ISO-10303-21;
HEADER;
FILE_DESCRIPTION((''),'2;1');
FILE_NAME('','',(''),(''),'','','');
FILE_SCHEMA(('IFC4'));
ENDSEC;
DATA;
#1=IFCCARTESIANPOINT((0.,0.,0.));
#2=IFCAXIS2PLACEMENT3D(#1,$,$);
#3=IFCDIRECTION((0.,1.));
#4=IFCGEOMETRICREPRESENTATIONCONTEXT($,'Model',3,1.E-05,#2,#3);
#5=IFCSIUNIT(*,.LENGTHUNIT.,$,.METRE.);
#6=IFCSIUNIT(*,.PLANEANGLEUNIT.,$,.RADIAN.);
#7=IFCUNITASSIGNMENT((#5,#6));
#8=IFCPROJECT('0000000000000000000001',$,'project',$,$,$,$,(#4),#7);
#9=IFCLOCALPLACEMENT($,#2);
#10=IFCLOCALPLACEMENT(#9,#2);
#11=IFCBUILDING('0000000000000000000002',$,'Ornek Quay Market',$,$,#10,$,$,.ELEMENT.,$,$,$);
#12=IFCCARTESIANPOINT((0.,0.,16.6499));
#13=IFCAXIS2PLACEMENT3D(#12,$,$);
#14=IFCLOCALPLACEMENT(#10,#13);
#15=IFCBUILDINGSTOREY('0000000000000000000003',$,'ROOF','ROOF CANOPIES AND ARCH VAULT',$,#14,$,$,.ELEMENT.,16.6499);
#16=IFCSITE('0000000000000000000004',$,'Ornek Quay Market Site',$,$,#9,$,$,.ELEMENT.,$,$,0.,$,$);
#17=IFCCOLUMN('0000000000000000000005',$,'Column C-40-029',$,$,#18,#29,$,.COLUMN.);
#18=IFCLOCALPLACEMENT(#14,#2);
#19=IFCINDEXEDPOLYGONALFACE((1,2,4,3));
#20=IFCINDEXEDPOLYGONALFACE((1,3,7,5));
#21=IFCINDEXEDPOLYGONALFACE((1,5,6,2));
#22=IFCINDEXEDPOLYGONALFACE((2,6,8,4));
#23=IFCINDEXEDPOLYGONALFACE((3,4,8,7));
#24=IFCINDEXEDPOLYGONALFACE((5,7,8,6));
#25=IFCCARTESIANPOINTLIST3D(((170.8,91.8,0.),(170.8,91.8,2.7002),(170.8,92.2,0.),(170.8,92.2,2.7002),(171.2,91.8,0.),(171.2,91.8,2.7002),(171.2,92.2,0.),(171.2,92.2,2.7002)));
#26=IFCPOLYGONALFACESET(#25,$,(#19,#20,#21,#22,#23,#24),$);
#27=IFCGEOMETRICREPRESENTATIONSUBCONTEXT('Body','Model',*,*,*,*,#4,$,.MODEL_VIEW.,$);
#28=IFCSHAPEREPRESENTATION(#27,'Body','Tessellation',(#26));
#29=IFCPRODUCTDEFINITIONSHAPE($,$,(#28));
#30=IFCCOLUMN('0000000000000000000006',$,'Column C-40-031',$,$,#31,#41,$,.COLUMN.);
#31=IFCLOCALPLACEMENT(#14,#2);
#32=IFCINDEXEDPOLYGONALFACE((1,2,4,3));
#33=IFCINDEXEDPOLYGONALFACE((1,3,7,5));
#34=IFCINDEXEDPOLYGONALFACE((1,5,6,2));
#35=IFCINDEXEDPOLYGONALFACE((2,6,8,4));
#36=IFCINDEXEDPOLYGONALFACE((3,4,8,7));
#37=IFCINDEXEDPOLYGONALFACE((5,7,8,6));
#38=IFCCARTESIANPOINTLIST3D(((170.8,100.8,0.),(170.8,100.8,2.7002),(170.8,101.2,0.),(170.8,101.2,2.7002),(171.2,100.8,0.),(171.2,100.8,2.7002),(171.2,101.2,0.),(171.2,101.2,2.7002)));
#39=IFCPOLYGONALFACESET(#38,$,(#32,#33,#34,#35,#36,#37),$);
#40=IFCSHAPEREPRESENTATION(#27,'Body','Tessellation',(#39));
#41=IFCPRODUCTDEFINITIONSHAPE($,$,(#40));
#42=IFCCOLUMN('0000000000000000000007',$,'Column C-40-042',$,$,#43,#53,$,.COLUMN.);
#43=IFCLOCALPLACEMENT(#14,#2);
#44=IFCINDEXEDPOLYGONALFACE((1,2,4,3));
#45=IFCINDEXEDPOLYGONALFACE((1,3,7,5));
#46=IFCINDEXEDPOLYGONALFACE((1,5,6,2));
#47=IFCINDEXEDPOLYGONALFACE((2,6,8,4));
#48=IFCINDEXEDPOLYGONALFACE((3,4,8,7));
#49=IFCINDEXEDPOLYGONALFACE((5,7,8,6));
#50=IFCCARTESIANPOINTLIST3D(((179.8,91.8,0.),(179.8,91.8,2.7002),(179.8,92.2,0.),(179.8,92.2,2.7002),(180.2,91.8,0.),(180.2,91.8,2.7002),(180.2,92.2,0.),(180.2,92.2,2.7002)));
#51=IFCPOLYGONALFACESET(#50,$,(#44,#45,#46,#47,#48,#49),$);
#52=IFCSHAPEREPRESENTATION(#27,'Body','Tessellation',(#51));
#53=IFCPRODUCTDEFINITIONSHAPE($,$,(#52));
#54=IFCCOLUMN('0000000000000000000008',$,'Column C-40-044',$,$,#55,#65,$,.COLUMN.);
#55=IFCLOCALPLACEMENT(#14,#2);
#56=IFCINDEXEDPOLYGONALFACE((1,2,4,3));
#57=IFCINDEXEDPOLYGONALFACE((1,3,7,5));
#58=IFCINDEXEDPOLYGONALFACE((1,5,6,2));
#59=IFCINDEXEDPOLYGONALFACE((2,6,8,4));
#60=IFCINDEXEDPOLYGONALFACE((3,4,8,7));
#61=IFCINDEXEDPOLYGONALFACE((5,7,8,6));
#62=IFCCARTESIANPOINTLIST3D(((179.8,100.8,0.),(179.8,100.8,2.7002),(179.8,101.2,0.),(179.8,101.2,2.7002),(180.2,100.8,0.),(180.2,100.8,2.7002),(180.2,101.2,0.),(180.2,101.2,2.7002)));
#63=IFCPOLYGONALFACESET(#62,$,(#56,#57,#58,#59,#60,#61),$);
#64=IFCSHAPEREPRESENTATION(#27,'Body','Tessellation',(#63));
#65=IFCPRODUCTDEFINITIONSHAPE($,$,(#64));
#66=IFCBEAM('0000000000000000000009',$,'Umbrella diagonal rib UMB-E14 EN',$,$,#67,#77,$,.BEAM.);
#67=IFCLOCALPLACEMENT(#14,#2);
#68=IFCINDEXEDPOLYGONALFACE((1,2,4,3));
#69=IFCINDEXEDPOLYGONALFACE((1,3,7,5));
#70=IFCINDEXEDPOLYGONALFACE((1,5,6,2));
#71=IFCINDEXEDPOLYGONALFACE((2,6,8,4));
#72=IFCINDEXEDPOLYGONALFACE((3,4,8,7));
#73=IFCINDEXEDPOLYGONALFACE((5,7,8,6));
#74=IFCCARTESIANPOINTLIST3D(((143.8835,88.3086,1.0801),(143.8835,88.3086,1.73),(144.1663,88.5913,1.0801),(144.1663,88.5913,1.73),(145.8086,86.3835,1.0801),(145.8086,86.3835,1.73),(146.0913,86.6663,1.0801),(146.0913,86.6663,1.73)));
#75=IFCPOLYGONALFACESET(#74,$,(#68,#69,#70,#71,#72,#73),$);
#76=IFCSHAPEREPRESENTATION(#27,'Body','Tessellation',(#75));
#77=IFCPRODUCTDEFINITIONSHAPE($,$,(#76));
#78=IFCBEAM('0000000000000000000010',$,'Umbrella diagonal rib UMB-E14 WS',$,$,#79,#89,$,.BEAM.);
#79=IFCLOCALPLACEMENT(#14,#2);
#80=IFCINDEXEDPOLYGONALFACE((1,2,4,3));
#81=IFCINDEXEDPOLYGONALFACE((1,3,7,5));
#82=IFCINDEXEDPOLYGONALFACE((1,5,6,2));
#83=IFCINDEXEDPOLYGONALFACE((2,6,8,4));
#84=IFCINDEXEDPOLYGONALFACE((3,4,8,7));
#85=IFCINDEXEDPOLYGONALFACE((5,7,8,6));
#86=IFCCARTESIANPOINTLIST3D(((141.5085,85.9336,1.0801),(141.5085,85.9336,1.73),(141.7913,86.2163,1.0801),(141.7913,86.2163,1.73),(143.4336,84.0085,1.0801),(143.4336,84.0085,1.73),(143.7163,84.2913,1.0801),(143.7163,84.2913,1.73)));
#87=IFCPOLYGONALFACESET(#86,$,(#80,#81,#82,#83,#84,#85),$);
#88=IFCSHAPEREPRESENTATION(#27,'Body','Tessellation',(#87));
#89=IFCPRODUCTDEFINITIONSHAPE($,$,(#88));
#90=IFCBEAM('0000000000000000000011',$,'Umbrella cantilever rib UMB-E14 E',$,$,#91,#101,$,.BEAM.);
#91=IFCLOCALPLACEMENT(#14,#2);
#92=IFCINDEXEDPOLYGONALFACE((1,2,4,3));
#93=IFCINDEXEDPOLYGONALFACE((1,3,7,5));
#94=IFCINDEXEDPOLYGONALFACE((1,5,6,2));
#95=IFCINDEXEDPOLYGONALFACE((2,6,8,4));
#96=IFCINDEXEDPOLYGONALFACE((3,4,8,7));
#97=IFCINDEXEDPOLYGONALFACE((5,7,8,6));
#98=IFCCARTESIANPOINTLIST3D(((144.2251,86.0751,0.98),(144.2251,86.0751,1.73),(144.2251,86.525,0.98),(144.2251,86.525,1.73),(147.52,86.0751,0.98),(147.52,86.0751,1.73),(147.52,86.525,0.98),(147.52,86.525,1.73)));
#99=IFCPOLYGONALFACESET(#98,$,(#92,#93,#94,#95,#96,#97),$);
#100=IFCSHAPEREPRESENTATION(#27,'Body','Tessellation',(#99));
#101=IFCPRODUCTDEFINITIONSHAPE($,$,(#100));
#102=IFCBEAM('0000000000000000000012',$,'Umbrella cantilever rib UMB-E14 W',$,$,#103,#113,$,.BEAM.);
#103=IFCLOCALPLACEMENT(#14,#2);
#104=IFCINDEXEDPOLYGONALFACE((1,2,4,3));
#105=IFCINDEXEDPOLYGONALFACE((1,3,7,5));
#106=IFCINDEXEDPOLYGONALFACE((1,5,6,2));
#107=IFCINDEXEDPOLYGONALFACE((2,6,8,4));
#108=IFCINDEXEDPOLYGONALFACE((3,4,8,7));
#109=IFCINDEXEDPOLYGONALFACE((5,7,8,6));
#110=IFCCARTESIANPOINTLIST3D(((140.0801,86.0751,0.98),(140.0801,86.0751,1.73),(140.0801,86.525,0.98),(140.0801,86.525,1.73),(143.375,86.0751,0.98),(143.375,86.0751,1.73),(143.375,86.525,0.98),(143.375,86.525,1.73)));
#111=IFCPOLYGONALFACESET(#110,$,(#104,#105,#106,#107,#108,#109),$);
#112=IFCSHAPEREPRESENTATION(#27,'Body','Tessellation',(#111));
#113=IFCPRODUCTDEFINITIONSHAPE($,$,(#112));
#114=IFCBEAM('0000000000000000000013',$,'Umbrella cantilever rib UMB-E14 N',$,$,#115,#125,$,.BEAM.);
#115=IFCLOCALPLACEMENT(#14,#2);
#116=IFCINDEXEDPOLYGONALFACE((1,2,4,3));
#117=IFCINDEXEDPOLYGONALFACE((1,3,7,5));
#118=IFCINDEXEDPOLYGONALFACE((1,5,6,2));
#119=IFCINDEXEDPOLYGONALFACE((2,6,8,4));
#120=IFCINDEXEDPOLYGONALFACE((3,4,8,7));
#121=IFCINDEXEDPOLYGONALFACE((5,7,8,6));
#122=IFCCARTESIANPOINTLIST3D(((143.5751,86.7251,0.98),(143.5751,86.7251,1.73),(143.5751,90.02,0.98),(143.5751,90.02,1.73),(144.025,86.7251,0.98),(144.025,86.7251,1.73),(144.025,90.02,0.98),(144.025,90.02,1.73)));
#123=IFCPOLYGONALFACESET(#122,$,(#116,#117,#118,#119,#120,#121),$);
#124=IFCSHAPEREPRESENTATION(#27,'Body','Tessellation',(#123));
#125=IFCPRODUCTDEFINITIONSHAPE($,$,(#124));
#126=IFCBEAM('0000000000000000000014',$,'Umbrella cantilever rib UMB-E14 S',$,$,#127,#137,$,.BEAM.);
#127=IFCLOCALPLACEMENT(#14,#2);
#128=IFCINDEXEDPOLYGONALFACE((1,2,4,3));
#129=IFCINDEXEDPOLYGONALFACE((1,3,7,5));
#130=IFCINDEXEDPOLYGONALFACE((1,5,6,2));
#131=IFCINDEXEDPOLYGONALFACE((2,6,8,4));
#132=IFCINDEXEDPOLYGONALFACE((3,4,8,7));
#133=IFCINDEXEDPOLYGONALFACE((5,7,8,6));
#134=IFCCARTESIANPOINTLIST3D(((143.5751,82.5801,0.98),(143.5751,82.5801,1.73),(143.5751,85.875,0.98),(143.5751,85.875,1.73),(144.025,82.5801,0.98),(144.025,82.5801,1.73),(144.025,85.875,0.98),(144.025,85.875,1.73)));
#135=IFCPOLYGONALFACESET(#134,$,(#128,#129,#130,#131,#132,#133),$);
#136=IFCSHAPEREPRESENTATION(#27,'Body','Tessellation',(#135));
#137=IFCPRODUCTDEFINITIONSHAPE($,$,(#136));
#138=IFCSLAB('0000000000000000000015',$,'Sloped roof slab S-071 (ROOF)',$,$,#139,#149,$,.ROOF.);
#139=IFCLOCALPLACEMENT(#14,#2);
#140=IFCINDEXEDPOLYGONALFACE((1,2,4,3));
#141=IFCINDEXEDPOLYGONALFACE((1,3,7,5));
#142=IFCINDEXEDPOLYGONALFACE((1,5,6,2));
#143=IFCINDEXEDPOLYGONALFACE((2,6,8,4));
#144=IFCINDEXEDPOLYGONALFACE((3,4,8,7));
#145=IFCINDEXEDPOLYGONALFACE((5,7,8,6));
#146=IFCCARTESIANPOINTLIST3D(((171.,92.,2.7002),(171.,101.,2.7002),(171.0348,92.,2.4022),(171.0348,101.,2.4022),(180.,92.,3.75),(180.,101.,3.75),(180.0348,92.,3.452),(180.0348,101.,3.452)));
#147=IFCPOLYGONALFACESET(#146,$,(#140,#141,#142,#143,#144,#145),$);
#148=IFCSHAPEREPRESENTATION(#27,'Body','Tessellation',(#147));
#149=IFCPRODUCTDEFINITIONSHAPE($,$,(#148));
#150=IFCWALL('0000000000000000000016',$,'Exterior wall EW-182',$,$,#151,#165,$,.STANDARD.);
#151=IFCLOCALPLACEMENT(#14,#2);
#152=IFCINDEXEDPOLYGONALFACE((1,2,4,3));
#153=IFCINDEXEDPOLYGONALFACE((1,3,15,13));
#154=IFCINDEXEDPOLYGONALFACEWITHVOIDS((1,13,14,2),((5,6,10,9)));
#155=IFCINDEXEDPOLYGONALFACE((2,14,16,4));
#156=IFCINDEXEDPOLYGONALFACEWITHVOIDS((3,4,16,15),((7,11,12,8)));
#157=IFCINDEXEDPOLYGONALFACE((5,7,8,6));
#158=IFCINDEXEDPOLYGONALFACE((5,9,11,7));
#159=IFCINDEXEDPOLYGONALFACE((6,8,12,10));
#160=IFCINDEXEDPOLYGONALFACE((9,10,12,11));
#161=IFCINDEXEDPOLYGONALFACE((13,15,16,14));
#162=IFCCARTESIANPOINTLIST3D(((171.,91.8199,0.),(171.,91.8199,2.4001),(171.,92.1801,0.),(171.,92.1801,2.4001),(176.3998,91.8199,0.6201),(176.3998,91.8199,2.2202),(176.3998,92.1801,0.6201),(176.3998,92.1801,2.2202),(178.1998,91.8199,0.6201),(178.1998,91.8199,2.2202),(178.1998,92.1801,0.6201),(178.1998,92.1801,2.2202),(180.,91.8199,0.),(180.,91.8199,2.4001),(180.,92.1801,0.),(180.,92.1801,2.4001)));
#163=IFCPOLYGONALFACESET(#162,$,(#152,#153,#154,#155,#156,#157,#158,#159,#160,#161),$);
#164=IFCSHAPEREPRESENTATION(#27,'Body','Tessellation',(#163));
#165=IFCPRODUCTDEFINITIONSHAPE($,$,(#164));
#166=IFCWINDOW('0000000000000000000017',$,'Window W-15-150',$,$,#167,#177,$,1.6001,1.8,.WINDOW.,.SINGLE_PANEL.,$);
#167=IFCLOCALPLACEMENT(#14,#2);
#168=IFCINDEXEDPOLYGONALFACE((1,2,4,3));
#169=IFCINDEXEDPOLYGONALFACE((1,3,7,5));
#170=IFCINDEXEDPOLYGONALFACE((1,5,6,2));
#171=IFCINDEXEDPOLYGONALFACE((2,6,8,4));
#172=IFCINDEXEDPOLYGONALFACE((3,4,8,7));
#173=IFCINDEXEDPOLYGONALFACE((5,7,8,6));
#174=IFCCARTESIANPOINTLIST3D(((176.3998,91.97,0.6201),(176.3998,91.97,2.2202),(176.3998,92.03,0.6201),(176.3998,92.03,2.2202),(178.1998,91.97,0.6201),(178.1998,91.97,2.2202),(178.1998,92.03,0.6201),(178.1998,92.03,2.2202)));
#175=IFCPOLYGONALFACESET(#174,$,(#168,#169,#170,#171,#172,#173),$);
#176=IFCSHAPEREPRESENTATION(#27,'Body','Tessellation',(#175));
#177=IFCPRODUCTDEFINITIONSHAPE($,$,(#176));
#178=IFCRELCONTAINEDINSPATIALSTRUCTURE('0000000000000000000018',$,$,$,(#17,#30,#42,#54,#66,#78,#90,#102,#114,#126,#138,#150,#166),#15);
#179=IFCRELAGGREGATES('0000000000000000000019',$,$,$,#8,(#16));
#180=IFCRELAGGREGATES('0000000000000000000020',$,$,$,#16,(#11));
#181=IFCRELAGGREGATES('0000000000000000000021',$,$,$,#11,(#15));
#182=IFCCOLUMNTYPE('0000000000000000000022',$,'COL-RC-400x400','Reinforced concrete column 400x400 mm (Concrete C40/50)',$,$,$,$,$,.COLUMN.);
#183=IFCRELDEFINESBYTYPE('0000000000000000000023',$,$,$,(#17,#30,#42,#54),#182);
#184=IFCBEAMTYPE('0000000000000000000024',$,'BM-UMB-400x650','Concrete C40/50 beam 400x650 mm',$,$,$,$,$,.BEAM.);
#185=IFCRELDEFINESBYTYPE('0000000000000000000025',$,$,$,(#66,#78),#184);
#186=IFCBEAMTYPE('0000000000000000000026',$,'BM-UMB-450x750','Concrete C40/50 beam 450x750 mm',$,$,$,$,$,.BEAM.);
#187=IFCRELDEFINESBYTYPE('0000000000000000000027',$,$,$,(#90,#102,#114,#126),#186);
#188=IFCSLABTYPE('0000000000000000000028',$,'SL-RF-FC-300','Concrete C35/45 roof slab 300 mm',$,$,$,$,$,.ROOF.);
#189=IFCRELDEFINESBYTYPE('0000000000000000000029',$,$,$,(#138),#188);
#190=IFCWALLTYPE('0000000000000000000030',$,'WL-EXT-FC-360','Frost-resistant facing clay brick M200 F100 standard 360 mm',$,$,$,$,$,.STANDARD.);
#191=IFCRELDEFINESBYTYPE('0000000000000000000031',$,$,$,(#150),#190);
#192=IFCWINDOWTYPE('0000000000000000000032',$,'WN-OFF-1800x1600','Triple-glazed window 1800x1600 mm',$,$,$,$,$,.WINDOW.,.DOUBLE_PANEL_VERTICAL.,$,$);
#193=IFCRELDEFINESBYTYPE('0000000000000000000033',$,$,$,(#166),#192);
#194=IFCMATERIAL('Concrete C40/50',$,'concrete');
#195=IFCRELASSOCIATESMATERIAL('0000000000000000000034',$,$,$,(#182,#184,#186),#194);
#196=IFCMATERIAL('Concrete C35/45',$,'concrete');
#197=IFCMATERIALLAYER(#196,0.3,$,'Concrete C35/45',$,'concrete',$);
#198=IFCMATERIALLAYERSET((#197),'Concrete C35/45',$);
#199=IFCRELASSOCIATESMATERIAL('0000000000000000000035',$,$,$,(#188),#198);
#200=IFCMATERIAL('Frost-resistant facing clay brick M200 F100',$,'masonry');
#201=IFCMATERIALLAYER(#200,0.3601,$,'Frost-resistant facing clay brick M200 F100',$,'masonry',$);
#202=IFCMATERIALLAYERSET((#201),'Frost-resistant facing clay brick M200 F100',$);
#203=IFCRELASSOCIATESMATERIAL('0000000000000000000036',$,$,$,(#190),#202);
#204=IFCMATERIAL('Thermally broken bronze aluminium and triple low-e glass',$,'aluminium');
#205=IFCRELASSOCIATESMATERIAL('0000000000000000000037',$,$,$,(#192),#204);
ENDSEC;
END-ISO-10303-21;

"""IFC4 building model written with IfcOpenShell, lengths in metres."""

from ifc_helpers import new_model, si_unit, direction, frame, frame_2d, origin, origin_2d, place, context, subcontext, project, spatial, polyline, rectangle, outline, extrude, material, layer, layer_set, material_profile, profile_set, type_object, element, fill, save


model = new_model("IFC4")

# Units and contexts
model_context = context("Model", 3, precision=1e-05, world=origin(), true_north=direction((0.0, 1.0)))
body_context = subcontext(model_context, "Body", "Model", "MODEL_VIEW")
ifc_project = project(units=[si_unit("LENGTHUNIT", "METRE"), si_unit("PLANEANGLEUNIT", "RADIAN")], contexts=[model_context])

# Site, building, storey
site_placement = place(None, origin())
site = spatial("IfcSite", under=ifc_project, at=site_placement, Name="Ornek Quay Market Site", CompositionType="ELEMENT", RefElevation=0.0)
building_placement = place(site_placement, origin())
building = spatial("IfcBuilding", under=site, at=building_placement, Name="Ornek Quay Market", CompositionType="ELEMENT")
storey_placement = place(building_placement, frame((0.0, 0.0, 16.6499)))
storey = spatial("IfcBuildingStorey", under=building, at=storey_placement, Name="ROOF", Description="ROOF CANOPIES AND ARCH VAULT", CompositionType="ELEMENT", Elevation=16.6499)

# Columns
ifc_material_1 = material(Name="Concrete C40/50", Category="concrete")
ifc_material_profile_1 = material_profile(ifc_material_1, rectangle(XDim=0.3999, YDim=0.3999, at=origin_2d()), Name="RC 400x400", Category="concrete")
ifc_profile_set_1 = profile_set([ifc_material_profile_1], Name="Concrete C40/50")
column_type = type_object("IfcColumnType", Name="COL-RC-400x400", Description="Reinforced concrete column 400x400 mm (Concrete C40/50)", PredefinedType="COLUMN", material=ifc_profile_set_1)
for number, where, z_axis, x_axis, name in (
    (1, (171.0, 92.0, 0.0), (0.0, 0.0, 1.0), (1.0, 0.0, 0.0), "Column C-40-029"),
    (2, (171.0, 101.0, 0.0), (0.0, 0.0, 1.0), (1.0, 0.0, 0.0), "Column C-40-031"),
    (3, (180.0, 92.0, 0.0), (0.0, 0.0, 1.0), (1.0, 0.0, 0.0), "Column C-40-042"),
    (4, (180.0, 101.0, 0.0), (0.0, 0.0, 1.0), (1.0, 0.0, 0.0), "Column C-40-044"),
):
    element("IfcColumn", number, at=place(storey_placement, frame(where, z_axis=z_axis, x_axis=x_axis)), inside=storey, type_object=column_type, Name=name, PredefinedType="COLUMN", context=body_context, shape_type="SweptSolid", body=[
        extrude(rectangle(XDim=0.3999, YDim=0.3999, at=origin_2d()), origin(), (0.0, 0.0, 1.0), 2.7002),
    ])

# Beams
ifc_material_profile_2 = material_profile(ifc_material_1, rectangle(XDim=0.3999, YDim=0.6499, at=origin_2d()), Name="RC 400x650", Category="concrete")
ifc_profile_set_2 = profile_set([ifc_material_profile_2], Name="Concrete C40/50")
beam_type_1 = type_object("IfcBeamType", Name="BM-UMB-400x650", Description="Concrete C40/50 beam 400x650 mm", PredefinedType="BEAM", material=ifc_profile_set_2)
for number, where, z_axis, x_axis, name in (
    (5, (145.95, 86.5249, 1.405), (-0.707107, 0.707107, 0.0), (-0.707107, -0.707107, 0.0), "Umbrella diagonal rib UMB-E14 EN"),
    (6, (141.6499, 86.075, 1.405), (0.707107, -0.707107, 0.0), (0.707107, 0.707107, 0.0), "Umbrella diagonal rib UMB-E14 WS"),
):
    element("IfcBeam", number, at=place(storey_placement, frame(where, z_axis=z_axis, x_axis=x_axis)), inside=storey, type_object=beam_type_1, Name=name, PredefinedType="BEAM", context=body_context, shape_type="SweptSolid", body=[
        extrude(rectangle(XDim=0.3999, YDim=0.6499, at=origin_2d()), origin(), (0.0, 0.0, 1.0), 2.7224),
    ])
ifc_material_profile_3 = material_profile(ifc_material_1, rectangle(XDim=0.45, YDim=0.75, at=origin_2d()), Name="RC 450x750", Category="concrete")
ifc_profile_set_3 = profile_set([ifc_material_profile_3], Name="Concrete C40/50")
beam_type_2 = type_object("IfcBeamType", Name="BM-UMB-450x750", Description="Concrete C40/50 beam 450x750 mm", PredefinedType="BEAM", material=ifc_profile_set_3)
for number, where, z_axis, x_axis, name in (
    (7, (144.2251, 86.3, 1.355), (1.0, 0.0, 0.0), (0.0, 1.0, 0.0), "Umbrella cantilever rib UMB-E14 E"),
    (8, (143.375, 86.3, 1.355), (-1.0, 0.0, 0.0), (0.0, -1.0, 0.0), "Umbrella cantilever rib UMB-E14 W"),
    (9, (143.8, 86.7251, 1.355), (0.0, 1.0, 0.0), (-1.0, 0.0, 0.0), "Umbrella cantilever rib UMB-E14 N"),
    (10, (143.8, 85.875, 1.355), (0.0, -1.0, 0.0), (1.0, 0.0, 0.0), "Umbrella cantilever rib UMB-E14 S"),
):
    element("IfcBeam", number, at=place(storey_placement, frame(where, z_axis=z_axis, x_axis=x_axis)), inside=storey, type_object=beam_type_2, Name=name, PredefinedType="BEAM", context=body_context, shape_type="SweptSolid", body=[
        extrude(rectangle(XDim=0.45, YDim=0.75, at=origin_2d()), origin(), (0.0, 0.0, 1.0), 3.2949),
    ])

# Slab
ifc_material_2 = material(Name="Concrete C35/45", Category="concrete")
ifc_layer_1 = layer(ifc_material_2, 0.3, Name="Concrete C35/45", Category="concrete")
ifc_layer_set_1 = layer_set([ifc_layer_1], Name="Concrete C35/45")
slab_type = type_object("IfcSlabType", Name="SL-RF-FC-300", Description="Concrete C35/45 roof slab 300 mm", PredefinedType="ROOF", material=ifc_layer_set_1)
slab_placement = place(storey_placement, frame((171.0, 92.0, 2.7002), z_axis=(-0.115859, 0.0, 0.993266), x_axis=(0.993266, 0.0, 0.115859)))
element("IfcSlab", 11, at=slab_placement, inside=storey, type_object=slab_type, Name="Sloped roof slab S-071 (ROOF)", PredefinedType="ROOF", context=body_context, shape_type="SweptSolid", body=[
    extrude(outline(polyline([(0.0, 0.0), (9.061, 0.0), (9.061, 9.0), (0.0, 9.0), (0.0, 0.0)])), origin(), (0.0, 0.0, -1.0), 0.3),
])

# Wall, opening, window
ifc_material_3 = material(Name="Frost-resistant facing clay brick M200 F100", Category="masonry")
ifc_layer_2 = layer(ifc_material_3, 0.3601, Name="Frost-resistant facing clay brick M200 F100", Category="masonry")
ifc_layer_set_2 = layer_set([ifc_layer_2], Name="Frost-resistant facing clay brick M200 F100")
wall_type_1 = type_object("IfcWallType", Name="WL-EXT-FC-360", Description="Frost-resistant facing clay brick M200 F100 standard 360 mm", PredefinedType="STANDARD", material=ifc_layer_set_2)
wall_1_placement = place(storey_placement, frame((171.0, 92.0, 0.0), z_axis=(0.0, 0.0, 1.0), x_axis=(1.0, 0.0, 0.0)))
wall_1 = element("IfcWall", 12, at=wall_1_placement, inside=storey, type_object=wall_type_1, Name="Exterior wall EW-182", PredefinedType="STANDARD", context=body_context, shape_type="SweptSolid", body=[
    extrude(rectangle(XDim=9.0, YDim=0.3601, at=frame_2d((4.5, 0.0))), origin(), (0.0, 0.0, 1.0), 2.4001),
])
opening_1_placement = place(wall_1_placement, frame((5.3999, 0.0, 0.6201)))
opening_1 = element("IfcOpeningElement", 13, at=opening_1_placement, cuts=wall_1, PredefinedType="OPENING", context=body_context, shape_type="SweptSolid", body=[
    extrude(rectangle(XDim=1.8, YDim=1.6001, at=frame_2d((0.8999, 0.8))), frame((0.0, 0.1899, 0.0), z_axis=(0.0, -1.0, 0.0), x_axis=(1.0, 0.0, 0.0)), (0.0, 0.0, 1.0), 0.3801),
])
ifc_material_4 = material(Name="Thermally broken bronze aluminium and triple low-e glass", Category="aluminium")
window_type = type_object("IfcWindowType", Name="WN-OFF-1800x1600", Description="Triple-glazed window 1800x1600 mm", PartitioningType="DOUBLE_PANEL_VERTICAL", PredefinedType="WINDOW", material=ifc_material_4)
window_1_placement = place(opening_1_placement, origin())
window_1 = element("IfcWindow", 14, at=window_1_placement, inside=storey, type_object=window_type, Name="Window W-15-150", OverallHeight=1.6001, OverallWidth=1.8, PartitioningType="SINGLE_PANEL", PredefinedType="WINDOW", context=body_context, shape_type="SweptSolid", body=[
    extrude(rectangle(XDim=1.8, YDim=1.6001, at=frame_2d((0.8999, 0.8))), frame((0.0, 0.03, 0.0), z_axis=(0.0, -1.0, 0.0), x_axis=(1.0, 0.0, 0.0)), (0.0, 0.0, 1.0), 0.0601),
])
fill(opening_1, window_1)

save(model, "model.ifc")
